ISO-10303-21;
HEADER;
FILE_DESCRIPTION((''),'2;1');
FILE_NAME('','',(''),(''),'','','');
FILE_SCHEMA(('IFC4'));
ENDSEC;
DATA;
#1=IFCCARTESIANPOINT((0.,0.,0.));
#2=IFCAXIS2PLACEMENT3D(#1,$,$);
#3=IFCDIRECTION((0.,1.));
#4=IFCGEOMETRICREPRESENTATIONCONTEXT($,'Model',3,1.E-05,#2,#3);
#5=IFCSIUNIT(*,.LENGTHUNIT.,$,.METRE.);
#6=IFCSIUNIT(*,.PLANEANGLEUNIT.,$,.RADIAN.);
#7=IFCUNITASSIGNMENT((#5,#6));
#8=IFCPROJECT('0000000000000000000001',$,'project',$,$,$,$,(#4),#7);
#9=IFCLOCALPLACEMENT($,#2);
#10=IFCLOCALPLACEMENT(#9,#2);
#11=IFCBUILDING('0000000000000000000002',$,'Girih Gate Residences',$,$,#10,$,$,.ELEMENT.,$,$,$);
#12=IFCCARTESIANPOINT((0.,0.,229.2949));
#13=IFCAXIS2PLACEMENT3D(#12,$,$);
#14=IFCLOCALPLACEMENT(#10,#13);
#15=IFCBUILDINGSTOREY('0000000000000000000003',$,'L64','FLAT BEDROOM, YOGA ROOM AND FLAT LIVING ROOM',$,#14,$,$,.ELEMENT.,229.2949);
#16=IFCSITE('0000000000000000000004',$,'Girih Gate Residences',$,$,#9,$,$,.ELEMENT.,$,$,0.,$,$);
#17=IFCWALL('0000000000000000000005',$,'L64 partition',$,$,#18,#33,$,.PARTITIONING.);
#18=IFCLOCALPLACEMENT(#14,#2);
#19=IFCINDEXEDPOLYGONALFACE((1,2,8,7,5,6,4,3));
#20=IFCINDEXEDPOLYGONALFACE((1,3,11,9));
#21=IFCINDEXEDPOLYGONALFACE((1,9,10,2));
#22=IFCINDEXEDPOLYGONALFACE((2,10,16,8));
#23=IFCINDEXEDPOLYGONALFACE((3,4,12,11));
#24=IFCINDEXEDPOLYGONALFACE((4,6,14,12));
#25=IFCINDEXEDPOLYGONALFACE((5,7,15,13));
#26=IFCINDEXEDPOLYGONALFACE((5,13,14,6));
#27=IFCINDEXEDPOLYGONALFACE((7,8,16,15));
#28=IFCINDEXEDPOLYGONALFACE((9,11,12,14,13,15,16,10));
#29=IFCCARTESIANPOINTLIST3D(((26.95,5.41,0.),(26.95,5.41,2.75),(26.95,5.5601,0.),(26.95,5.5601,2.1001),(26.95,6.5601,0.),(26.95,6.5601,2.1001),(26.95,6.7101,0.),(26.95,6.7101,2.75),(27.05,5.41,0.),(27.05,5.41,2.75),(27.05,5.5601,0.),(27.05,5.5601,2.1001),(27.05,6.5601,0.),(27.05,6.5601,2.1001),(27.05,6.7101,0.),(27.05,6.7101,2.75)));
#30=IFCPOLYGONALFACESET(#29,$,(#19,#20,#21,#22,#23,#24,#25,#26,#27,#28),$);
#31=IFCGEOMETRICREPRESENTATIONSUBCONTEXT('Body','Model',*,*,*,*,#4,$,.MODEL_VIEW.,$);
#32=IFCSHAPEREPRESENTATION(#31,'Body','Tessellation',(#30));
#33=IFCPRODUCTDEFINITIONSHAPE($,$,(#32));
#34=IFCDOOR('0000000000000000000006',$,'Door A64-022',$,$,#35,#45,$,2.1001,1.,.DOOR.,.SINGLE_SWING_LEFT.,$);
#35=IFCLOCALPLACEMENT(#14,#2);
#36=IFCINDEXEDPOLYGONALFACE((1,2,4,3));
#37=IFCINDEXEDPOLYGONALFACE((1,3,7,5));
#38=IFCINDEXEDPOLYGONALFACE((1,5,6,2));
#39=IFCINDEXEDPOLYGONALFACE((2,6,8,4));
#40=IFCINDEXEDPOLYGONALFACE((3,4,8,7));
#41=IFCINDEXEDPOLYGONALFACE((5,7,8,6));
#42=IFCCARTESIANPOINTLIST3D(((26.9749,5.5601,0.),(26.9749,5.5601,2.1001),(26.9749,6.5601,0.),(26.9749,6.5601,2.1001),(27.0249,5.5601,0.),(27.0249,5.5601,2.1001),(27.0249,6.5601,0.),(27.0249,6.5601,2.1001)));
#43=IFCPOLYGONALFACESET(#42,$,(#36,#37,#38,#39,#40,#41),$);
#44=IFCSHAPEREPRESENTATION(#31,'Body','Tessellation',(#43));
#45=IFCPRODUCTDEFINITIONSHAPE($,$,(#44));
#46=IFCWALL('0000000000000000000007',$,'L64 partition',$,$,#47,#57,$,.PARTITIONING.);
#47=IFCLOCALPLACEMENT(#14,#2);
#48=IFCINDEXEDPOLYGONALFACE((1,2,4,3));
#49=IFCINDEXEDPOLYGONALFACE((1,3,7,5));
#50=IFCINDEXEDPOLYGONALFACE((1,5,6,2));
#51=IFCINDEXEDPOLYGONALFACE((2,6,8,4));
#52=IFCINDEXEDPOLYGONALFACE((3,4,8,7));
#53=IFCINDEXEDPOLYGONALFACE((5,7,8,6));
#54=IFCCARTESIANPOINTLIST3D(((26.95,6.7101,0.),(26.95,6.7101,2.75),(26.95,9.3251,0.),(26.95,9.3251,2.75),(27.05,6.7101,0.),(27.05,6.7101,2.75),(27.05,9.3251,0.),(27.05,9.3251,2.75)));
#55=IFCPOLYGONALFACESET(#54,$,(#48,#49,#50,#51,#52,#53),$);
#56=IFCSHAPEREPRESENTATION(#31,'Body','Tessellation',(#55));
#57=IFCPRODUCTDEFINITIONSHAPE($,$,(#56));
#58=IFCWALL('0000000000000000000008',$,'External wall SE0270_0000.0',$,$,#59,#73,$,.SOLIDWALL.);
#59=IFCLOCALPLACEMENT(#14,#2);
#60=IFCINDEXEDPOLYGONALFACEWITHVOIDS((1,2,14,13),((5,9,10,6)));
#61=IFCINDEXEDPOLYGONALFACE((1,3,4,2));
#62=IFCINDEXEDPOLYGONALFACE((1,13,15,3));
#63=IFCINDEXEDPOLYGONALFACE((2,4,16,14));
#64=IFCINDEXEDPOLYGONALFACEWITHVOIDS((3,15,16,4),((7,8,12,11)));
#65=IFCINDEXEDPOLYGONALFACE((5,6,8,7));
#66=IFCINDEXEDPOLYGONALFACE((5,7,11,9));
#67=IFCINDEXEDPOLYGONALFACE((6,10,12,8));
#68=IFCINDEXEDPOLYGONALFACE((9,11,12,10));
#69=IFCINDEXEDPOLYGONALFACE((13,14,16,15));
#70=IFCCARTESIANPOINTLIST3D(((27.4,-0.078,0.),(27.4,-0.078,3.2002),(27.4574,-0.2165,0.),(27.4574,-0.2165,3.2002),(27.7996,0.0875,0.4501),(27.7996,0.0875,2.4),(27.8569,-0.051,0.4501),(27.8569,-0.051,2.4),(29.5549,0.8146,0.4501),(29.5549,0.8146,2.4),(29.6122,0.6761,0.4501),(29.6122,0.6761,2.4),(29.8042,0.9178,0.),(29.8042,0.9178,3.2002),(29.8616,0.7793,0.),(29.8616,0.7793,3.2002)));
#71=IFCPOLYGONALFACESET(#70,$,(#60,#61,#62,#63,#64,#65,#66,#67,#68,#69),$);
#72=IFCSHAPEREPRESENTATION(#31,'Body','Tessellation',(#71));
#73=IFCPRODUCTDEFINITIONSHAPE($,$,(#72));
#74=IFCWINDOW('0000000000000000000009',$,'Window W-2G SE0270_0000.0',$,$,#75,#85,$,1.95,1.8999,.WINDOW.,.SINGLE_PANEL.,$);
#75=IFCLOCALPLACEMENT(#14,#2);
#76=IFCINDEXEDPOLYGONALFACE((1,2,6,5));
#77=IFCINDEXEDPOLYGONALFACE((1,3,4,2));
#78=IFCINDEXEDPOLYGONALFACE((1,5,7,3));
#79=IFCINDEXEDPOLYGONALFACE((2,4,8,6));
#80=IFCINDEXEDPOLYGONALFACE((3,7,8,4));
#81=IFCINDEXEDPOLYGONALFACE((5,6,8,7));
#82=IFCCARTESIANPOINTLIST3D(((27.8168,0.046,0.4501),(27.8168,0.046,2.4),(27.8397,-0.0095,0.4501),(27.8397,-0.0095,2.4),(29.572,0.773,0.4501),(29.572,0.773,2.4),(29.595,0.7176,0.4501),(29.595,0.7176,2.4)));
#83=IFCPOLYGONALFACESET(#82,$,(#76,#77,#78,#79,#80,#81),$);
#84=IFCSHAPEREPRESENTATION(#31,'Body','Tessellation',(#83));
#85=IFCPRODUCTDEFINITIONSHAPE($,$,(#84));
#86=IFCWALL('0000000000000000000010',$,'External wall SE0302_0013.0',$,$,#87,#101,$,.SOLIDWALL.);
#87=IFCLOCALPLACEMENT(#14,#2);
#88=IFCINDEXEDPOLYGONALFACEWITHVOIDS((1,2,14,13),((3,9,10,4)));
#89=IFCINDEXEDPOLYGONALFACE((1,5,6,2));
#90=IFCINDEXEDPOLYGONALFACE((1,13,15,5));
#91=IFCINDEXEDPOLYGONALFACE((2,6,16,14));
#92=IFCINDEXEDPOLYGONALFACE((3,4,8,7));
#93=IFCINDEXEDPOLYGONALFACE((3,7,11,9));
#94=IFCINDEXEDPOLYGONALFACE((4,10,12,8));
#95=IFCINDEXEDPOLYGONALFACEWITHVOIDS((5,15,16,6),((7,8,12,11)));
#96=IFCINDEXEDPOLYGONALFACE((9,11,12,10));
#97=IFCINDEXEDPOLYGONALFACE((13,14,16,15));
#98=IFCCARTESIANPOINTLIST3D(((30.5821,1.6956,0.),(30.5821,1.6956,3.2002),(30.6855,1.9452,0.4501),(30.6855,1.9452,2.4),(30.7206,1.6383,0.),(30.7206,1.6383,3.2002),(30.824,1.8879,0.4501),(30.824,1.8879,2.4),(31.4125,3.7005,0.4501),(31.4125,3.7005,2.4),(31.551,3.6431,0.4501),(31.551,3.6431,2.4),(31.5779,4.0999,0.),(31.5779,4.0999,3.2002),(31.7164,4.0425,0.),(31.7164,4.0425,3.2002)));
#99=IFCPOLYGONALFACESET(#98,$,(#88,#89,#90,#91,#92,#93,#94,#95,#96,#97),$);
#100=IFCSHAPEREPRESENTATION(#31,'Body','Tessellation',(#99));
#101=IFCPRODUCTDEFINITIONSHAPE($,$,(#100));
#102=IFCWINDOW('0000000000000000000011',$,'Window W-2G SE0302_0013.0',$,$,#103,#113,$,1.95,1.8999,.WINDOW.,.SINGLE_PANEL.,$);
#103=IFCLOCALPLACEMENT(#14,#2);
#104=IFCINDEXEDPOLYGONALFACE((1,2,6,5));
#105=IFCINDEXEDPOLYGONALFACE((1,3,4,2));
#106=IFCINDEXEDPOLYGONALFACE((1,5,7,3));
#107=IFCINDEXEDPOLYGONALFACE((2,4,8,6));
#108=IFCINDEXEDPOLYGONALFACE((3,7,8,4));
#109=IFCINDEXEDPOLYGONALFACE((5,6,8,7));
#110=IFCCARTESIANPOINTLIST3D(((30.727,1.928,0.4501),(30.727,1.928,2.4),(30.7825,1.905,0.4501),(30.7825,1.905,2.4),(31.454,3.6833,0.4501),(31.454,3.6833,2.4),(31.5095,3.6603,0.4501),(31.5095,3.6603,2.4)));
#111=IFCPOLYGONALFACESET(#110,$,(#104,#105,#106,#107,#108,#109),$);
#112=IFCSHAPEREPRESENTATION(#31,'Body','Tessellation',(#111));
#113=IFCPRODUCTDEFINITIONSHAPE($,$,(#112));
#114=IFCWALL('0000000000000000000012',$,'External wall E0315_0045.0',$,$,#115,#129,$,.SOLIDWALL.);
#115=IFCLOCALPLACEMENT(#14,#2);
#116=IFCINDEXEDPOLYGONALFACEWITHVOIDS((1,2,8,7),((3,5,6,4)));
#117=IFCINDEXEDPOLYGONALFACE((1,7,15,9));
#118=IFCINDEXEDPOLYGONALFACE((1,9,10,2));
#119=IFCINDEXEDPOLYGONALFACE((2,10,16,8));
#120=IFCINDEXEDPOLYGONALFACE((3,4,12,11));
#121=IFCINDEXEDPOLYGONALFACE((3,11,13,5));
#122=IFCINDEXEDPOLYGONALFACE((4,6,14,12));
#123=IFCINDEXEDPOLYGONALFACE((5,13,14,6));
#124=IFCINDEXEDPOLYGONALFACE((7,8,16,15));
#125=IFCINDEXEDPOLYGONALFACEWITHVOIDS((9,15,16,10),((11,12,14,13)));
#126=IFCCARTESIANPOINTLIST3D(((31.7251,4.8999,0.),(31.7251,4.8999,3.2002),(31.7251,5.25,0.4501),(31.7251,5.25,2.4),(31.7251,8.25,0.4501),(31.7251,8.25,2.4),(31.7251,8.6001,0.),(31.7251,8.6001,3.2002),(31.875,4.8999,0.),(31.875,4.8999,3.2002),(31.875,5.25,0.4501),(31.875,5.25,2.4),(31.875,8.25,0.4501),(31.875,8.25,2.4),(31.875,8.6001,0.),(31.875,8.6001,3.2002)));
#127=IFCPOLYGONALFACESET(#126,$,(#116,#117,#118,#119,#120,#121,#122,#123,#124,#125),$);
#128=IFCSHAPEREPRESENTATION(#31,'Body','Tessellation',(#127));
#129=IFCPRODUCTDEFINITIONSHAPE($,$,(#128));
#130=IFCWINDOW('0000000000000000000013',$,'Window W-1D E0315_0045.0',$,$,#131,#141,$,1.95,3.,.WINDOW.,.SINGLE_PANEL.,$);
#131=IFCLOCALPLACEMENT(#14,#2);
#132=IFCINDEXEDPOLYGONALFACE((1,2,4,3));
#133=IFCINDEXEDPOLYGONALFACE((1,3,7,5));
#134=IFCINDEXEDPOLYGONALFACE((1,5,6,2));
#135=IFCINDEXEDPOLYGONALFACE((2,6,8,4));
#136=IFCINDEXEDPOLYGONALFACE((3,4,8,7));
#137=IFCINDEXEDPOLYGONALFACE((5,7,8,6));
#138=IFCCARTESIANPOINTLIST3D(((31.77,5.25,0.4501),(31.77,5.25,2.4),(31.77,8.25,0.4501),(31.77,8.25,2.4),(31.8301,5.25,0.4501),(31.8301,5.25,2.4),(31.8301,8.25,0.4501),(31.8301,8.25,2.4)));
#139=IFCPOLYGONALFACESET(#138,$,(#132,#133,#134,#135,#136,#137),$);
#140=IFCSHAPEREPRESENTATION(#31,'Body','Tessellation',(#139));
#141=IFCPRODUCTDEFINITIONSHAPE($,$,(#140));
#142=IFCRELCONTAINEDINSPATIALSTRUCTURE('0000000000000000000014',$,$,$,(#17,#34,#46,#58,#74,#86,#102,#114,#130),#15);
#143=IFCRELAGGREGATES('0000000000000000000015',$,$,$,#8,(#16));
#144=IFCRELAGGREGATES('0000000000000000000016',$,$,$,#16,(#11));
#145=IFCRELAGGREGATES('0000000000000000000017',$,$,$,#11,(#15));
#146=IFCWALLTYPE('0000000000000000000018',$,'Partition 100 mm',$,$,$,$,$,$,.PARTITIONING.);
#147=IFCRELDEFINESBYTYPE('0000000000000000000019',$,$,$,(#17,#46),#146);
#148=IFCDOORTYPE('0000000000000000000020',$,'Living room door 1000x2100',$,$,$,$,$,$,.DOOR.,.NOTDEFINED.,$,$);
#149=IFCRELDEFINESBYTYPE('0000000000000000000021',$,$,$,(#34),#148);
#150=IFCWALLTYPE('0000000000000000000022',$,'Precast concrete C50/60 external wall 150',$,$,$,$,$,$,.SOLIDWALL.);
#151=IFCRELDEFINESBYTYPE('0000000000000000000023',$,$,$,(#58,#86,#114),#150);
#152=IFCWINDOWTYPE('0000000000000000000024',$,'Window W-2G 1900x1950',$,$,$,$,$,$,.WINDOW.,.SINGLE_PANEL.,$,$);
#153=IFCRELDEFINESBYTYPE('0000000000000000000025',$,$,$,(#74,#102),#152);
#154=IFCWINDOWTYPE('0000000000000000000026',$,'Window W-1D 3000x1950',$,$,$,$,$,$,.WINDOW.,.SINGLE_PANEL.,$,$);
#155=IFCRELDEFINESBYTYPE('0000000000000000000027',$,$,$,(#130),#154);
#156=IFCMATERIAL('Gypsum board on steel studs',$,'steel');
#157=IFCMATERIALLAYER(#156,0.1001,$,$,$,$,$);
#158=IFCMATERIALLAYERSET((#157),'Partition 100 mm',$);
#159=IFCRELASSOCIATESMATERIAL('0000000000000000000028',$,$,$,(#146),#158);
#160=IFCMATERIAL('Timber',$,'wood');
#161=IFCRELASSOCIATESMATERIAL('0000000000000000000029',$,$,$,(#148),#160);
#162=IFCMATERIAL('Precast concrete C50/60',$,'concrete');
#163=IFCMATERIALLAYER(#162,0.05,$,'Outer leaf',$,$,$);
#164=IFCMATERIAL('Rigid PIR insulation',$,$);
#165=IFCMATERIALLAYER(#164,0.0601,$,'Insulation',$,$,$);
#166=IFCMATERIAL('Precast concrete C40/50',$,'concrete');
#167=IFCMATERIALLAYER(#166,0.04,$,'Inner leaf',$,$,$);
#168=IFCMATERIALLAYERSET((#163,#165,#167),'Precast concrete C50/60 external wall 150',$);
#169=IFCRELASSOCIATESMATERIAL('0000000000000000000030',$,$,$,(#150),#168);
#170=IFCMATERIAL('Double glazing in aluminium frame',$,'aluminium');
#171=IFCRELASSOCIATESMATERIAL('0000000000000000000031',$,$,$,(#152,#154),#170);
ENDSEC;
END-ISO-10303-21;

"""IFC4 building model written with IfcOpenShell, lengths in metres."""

from ifc_helpers import new_model, si_unit, direction, frame, frame_2d, origin, place, context, subcontext, project, spatial, rectangle, extrude, material, layer, layer_set, type_object, element, fill, save


model = new_model("IFC4")

# Units and contexts
model_context = context("Model", 3, precision=1e-05, world=origin(), true_north=direction((0.0, 1.0)))
body_context = subcontext(model_context, "Body", "Model", "MODEL_VIEW")
ifc_project = project(units=[si_unit("LENGTHUNIT", "METRE"), si_unit("PLANEANGLEUNIT", "RADIAN")], contexts=[model_context])

# Site, building, storey
site_placement = place(None, origin())
site = spatial("IfcSite", under=ifc_project, at=site_placement, Name="Girih Gate Residences", CompositionType="ELEMENT", RefElevation=0.0)
building_placement = place(site_placement, origin())
building = spatial("IfcBuilding", under=site, at=building_placement, Name="Girih Gate Residences", CompositionType="ELEMENT")
storey_placement = place(building_placement, frame((0.0, 0.0, 229.2949)))
storey = spatial("IfcBuildingStorey", under=building, at=storey_placement, Name="L64", Description="FLAT BEDROOM, YOGA ROOM AND FLAT LIVING ROOM", CompositionType="ELEMENT", Elevation=229.2949)

# Shared definitions
ifc_material_1 = material(Name="Gypsum board on steel studs", Category="steel")
ifc_layer_1 = layer(ifc_material_1, 0.1001)
ifc_layer_set_1 = layer_set([ifc_layer_1], Name="Partition 100 mm")
wall_type_1 = type_object("IfcWallType", Name="Partition 100 mm", PredefinedType="PARTITIONING", material=ifc_layer_set_1)
ifc_material_2 = material(Name="Timber", Category="wood")

# Wall, opening, door
wall_1_placement = place(storey_placement, frame((27.0, 6.71, 0.0), z_axis=(0.0, 0.0, 1.0), x_axis=(0.0, -1.0, 0.0)))
wall_1 = element("IfcWall", 1, at=wall_1_placement, inside=storey, type_object=wall_type_1, Name="L64 partition", PredefinedType="PARTITIONING", context=body_context, shape_type="SweptSolid", body=[
    extrude(rectangle(XDim=1.3, YDim=0.1001, at=frame_2d((0.6499, 0.0))), origin(), (0.0, 0.0, 1.0), 2.75),
])
opening_1_placement = place(wall_1_placement, frame((0.1499, 0.0, 0.0)))
opening_1 = element("IfcOpeningElement", 2, at=opening_1_placement, cuts=wall_1, PredefinedType="OPENING", context=body_context, shape_type="SweptSolid", body=[
    extrude(rectangle(XDim=1.0, YDim=2.1001, at=frame_2d((0.5, 1.05))), frame((0.0, 0.0601, 0.0), z_axis=(0.0, -1.0, 0.0), x_axis=(1.0, 0.0, 0.0)), (0.0, 0.0, 1.0), 0.1201),
])
door_type_1 = type_object("IfcDoorType", Name="Living room door 1000x2100", OperationType="NOTDEFINED", PredefinedType="DOOR", material=ifc_material_2)
door_1_placement = place(opening_1_placement, origin())
door_1 = element("IfcDoor", 3, at=door_1_placement, inside=storey, type_object=door_type_1, Name="Door A64-022", OperationType="SINGLE_SWING_LEFT", OverallHeight=2.1001, OverallWidth=1.0, PredefinedType="DOOR", context=body_context, shape_type="SweptSolid", body=[
    extrude(rectangle(XDim=1.0, YDim=2.1001, at=frame_2d((0.5, 1.05))), frame((0.0, 0.0249, 0.0), z_axis=(0.0, -1.0, 0.0), x_axis=(1.0, 0.0, 0.0)), (0.0, 0.0, 1.0), 0.05),
])
fill(opening_1, door_1)

# Wall
wall_2_placement = place(storey_placement, frame((27.0, 6.71, 0.0), z_axis=(0.0, 0.0, 1.0), x_axis=(0.0, 1.0, 0.0)))
element("IfcWall", 4, at=wall_2_placement, inside=storey, type_object=wall_type_1, Name="L64 partition", PredefinedType="PARTITIONING", context=body_context, shape_type="SweptSolid", body=[
    extrude(rectangle(XDim=2.615, YDim=0.1001, at=frame_2d((1.3076, 0.0))), origin(), (0.0, 0.0, 1.0), 2.75),
])

# Walls, openings, windows
ifc_material_3 = material(Name="Precast concrete C50/60", Category="concrete")
ifc_layer_2 = layer(ifc_material_3, 0.05, Name="Outer leaf")
ifc_material_4 = material(Name="Rigid PIR insulation")
ifc_layer_3 = layer(ifc_material_4, 0.0601, Name="Insulation")
ifc_material_5 = material(Name="Precast concrete C40/50", Category="concrete")
ifc_layer_4 = layer(ifc_material_5, 0.04, Name="Inner leaf")
ifc_layer_set_2 = layer_set([ifc_layer_2, ifc_layer_3, ifc_layer_4], Name="Precast concrete C50/60 external wall 150")
wall_type_2 = type_object("IfcWallType", Name="Precast concrete C50/60 external wall 150", PredefinedType="SOLIDWALL", material=ifc_layer_set_2)
wall_3_placement = place(storey_placement, frame((29.833, 0.8486, 0.0), z_axis=(0.0, 0.0, 1.0), x_axis=(-0.923885, -0.382669, 0.0)))
wall_3 = element("IfcWall", 5, at=wall_3_placement, inside=storey, type_object=wall_type_2, Name="External wall SE0270_0000.0", PredefinedType="SOLIDWALL", context=body_context, shape_type="SweptSolid", body=[
    extrude(rectangle(XDim=2.6023, YDim=0.1499, at=frame_2d((1.3013, 0.0))), origin(), (0.0, 0.0, 1.0), 3.2002),
])
opening_2_placement = place(wall_3_placement, frame((0.27, 0.0, 0.45)))
opening_2 = element("IfcOpeningElement", 6, at=opening_2_placement, cuts=wall_3, PredefinedType="OPENING", context=body_context, shape_type="SweptSolid", body=[
    extrude(rectangle(XDim=1.8999, YDim=1.95, at=frame_2d((0.95, 0.9751))), frame((0.0, 0.085, 0.0), z_axis=(0.0, -1.0, 0.0), x_axis=(1.0, 0.0, 0.0)), (0.0, 0.0, 1.0), 0.1699),
])
ifc_material_6 = material(Name="Double glazing in aluminium frame", Category="aluminium")
window_type_1 = type_object("IfcWindowType", Name="Window W-2G 1900x1950", PartitioningType="SINGLE_PANEL", PredefinedType="WINDOW", material=ifc_material_6)
window_1_placement = place(opening_2_placement, origin())
window_1 = element("IfcWindow", 7, at=window_1_placement, inside=storey, type_object=window_type_1, Name="Window W-2G SE0270_0000.0", OverallHeight=1.95, OverallWidth=1.8999, PartitioningType="SINGLE_PANEL", PredefinedType="WINDOW", context=body_context, shape_type="SweptSolid", body=[
    extrude(rectangle(XDim=1.8999, YDim=1.95, at=frame_2d((0.95, 0.9751))), frame((0.0, 0.03, 0.0), z_axis=(0.0, -1.0, 0.0), x_axis=(1.0, 0.0, 0.0)), (0.0, 0.0, 1.0), 0.0601),
])
fill(opening_2, window_1)
wall_4_placement = place(storey_placement, frame((31.6472, 4.0713, 0.0), z_axis=(0.0, 0.0, 1.0), x_axis=(-0.382669, -0.923885, 0.0)))
wall_4 = element("IfcWall", 8, at=wall_4_placement, inside=storey, type_object=wall_type_2, Name="External wall SE0302_0013.0", PredefinedType="SOLIDWALL", context=body_context, shape_type="SweptSolid", body=[
    extrude(rectangle(XDim=2.6023, YDim=0.1499, at=frame_2d((1.3013, 0.0))), origin(), (0.0, 0.0, 1.0), 3.2002),
])
opening_3_placement = place(wall_4_placement, frame((0.4324, 0.0, 0.45)))
opening_3 = element("IfcOpeningElement", 9, at=opening_3_placement, cuts=wall_4, PredefinedType="OPENING", context=body_context, shape_type="SweptSolid", body=[
    extrude(rectangle(XDim=1.8999, YDim=1.95, at=frame_2d((0.95, 0.9751))), frame((0.0, 0.085, 0.0), z_axis=(0.0, -1.0, 0.0), x_axis=(1.0, 0.0, 0.0)), (0.0, 0.0, 1.0), 0.1699),
])
window_2_placement = place(opening_3_placement, origin())
window_2 = element("IfcWindow", 10, at=window_2_placement, inside=storey, type_object=window_type_1, Name="Window W-2G SE0302_0013.0", OverallHeight=1.95, OverallWidth=1.8999, PartitioningType="SINGLE_PANEL", PredefinedType="WINDOW", context=body_context, shape_type="SweptSolid", body=[
    extrude(rectangle(XDim=1.8999, YDim=1.95, at=frame_2d((0.95, 0.9751))), frame((0.0, 0.03, 0.0), z_axis=(0.0, -1.0, 0.0), x_axis=(1.0, 0.0, 0.0)), (0.0, 0.0, 1.0), 0.0601),
])
fill(opening_3, window_2)
wall_5_placement = place(storey_placement, frame((31.8, 8.6001, 0.0), z_axis=(0.0, 0.0, 1.0), x_axis=(0.0, -1.0, 0.0)))
wall_5 = element("IfcWall", 11, at=wall_5_placement, inside=storey, type_object=wall_type_2, Name="External wall E0315_0045.0", PredefinedType="SOLIDWALL", context=body_context, shape_type="SweptSolid", body=[
    extrude(rectangle(XDim=3.7002, YDim=0.1499, at=frame_2d((1.8501, 0.0))), origin(), (0.0, 0.0, 1.0), 3.2002),
])
opening_4_placement = place(wall_5_placement, frame((0.3501, 0.0, 0.45)))
opening_4 = element("IfcOpeningElement", 12, at=opening_4_placement, cuts=wall_5, PredefinedType="OPENING", context=body_context, shape_type="SweptSolid", body=[
    extrude(rectangle(XDim=3.0, YDim=1.95, at=frame_2d((1.5, 0.9751))), frame((0.0, 0.085, 0.0), z_axis=(0.0, -1.0, 0.0), x_axis=(1.0, 0.0, 0.0)), (0.0, 0.0, 1.0), 0.1699),
])
window_type_2 = type_object("IfcWindowType", Name="Window W-1D 3000x1950", PartitioningType="SINGLE_PANEL", PredefinedType="WINDOW", material=ifc_material_6)
window_3_placement = place(opening_4_placement, origin())
window_3 = element("IfcWindow", 13, at=window_3_placement, inside=storey, type_object=window_type_2, Name="Window W-1D E0315_0045.0", OverallHeight=1.95, OverallWidth=3.0, PartitioningType="SINGLE_PANEL", PredefinedType="WINDOW", context=body_context, shape_type="SweptSolid", body=[
    extrude(rectangle(XDim=3.0, YDim=1.95, at=frame_2d((1.5, 0.9751))), frame((0.0, 0.03, 0.0), z_axis=(0.0, -1.0, 0.0), x_axis=(1.0, 0.0, 0.0)), (0.0, 0.0, 1.0), 0.0601),
])
fill(opening_4, window_3)

save(model, "model.ifc")
